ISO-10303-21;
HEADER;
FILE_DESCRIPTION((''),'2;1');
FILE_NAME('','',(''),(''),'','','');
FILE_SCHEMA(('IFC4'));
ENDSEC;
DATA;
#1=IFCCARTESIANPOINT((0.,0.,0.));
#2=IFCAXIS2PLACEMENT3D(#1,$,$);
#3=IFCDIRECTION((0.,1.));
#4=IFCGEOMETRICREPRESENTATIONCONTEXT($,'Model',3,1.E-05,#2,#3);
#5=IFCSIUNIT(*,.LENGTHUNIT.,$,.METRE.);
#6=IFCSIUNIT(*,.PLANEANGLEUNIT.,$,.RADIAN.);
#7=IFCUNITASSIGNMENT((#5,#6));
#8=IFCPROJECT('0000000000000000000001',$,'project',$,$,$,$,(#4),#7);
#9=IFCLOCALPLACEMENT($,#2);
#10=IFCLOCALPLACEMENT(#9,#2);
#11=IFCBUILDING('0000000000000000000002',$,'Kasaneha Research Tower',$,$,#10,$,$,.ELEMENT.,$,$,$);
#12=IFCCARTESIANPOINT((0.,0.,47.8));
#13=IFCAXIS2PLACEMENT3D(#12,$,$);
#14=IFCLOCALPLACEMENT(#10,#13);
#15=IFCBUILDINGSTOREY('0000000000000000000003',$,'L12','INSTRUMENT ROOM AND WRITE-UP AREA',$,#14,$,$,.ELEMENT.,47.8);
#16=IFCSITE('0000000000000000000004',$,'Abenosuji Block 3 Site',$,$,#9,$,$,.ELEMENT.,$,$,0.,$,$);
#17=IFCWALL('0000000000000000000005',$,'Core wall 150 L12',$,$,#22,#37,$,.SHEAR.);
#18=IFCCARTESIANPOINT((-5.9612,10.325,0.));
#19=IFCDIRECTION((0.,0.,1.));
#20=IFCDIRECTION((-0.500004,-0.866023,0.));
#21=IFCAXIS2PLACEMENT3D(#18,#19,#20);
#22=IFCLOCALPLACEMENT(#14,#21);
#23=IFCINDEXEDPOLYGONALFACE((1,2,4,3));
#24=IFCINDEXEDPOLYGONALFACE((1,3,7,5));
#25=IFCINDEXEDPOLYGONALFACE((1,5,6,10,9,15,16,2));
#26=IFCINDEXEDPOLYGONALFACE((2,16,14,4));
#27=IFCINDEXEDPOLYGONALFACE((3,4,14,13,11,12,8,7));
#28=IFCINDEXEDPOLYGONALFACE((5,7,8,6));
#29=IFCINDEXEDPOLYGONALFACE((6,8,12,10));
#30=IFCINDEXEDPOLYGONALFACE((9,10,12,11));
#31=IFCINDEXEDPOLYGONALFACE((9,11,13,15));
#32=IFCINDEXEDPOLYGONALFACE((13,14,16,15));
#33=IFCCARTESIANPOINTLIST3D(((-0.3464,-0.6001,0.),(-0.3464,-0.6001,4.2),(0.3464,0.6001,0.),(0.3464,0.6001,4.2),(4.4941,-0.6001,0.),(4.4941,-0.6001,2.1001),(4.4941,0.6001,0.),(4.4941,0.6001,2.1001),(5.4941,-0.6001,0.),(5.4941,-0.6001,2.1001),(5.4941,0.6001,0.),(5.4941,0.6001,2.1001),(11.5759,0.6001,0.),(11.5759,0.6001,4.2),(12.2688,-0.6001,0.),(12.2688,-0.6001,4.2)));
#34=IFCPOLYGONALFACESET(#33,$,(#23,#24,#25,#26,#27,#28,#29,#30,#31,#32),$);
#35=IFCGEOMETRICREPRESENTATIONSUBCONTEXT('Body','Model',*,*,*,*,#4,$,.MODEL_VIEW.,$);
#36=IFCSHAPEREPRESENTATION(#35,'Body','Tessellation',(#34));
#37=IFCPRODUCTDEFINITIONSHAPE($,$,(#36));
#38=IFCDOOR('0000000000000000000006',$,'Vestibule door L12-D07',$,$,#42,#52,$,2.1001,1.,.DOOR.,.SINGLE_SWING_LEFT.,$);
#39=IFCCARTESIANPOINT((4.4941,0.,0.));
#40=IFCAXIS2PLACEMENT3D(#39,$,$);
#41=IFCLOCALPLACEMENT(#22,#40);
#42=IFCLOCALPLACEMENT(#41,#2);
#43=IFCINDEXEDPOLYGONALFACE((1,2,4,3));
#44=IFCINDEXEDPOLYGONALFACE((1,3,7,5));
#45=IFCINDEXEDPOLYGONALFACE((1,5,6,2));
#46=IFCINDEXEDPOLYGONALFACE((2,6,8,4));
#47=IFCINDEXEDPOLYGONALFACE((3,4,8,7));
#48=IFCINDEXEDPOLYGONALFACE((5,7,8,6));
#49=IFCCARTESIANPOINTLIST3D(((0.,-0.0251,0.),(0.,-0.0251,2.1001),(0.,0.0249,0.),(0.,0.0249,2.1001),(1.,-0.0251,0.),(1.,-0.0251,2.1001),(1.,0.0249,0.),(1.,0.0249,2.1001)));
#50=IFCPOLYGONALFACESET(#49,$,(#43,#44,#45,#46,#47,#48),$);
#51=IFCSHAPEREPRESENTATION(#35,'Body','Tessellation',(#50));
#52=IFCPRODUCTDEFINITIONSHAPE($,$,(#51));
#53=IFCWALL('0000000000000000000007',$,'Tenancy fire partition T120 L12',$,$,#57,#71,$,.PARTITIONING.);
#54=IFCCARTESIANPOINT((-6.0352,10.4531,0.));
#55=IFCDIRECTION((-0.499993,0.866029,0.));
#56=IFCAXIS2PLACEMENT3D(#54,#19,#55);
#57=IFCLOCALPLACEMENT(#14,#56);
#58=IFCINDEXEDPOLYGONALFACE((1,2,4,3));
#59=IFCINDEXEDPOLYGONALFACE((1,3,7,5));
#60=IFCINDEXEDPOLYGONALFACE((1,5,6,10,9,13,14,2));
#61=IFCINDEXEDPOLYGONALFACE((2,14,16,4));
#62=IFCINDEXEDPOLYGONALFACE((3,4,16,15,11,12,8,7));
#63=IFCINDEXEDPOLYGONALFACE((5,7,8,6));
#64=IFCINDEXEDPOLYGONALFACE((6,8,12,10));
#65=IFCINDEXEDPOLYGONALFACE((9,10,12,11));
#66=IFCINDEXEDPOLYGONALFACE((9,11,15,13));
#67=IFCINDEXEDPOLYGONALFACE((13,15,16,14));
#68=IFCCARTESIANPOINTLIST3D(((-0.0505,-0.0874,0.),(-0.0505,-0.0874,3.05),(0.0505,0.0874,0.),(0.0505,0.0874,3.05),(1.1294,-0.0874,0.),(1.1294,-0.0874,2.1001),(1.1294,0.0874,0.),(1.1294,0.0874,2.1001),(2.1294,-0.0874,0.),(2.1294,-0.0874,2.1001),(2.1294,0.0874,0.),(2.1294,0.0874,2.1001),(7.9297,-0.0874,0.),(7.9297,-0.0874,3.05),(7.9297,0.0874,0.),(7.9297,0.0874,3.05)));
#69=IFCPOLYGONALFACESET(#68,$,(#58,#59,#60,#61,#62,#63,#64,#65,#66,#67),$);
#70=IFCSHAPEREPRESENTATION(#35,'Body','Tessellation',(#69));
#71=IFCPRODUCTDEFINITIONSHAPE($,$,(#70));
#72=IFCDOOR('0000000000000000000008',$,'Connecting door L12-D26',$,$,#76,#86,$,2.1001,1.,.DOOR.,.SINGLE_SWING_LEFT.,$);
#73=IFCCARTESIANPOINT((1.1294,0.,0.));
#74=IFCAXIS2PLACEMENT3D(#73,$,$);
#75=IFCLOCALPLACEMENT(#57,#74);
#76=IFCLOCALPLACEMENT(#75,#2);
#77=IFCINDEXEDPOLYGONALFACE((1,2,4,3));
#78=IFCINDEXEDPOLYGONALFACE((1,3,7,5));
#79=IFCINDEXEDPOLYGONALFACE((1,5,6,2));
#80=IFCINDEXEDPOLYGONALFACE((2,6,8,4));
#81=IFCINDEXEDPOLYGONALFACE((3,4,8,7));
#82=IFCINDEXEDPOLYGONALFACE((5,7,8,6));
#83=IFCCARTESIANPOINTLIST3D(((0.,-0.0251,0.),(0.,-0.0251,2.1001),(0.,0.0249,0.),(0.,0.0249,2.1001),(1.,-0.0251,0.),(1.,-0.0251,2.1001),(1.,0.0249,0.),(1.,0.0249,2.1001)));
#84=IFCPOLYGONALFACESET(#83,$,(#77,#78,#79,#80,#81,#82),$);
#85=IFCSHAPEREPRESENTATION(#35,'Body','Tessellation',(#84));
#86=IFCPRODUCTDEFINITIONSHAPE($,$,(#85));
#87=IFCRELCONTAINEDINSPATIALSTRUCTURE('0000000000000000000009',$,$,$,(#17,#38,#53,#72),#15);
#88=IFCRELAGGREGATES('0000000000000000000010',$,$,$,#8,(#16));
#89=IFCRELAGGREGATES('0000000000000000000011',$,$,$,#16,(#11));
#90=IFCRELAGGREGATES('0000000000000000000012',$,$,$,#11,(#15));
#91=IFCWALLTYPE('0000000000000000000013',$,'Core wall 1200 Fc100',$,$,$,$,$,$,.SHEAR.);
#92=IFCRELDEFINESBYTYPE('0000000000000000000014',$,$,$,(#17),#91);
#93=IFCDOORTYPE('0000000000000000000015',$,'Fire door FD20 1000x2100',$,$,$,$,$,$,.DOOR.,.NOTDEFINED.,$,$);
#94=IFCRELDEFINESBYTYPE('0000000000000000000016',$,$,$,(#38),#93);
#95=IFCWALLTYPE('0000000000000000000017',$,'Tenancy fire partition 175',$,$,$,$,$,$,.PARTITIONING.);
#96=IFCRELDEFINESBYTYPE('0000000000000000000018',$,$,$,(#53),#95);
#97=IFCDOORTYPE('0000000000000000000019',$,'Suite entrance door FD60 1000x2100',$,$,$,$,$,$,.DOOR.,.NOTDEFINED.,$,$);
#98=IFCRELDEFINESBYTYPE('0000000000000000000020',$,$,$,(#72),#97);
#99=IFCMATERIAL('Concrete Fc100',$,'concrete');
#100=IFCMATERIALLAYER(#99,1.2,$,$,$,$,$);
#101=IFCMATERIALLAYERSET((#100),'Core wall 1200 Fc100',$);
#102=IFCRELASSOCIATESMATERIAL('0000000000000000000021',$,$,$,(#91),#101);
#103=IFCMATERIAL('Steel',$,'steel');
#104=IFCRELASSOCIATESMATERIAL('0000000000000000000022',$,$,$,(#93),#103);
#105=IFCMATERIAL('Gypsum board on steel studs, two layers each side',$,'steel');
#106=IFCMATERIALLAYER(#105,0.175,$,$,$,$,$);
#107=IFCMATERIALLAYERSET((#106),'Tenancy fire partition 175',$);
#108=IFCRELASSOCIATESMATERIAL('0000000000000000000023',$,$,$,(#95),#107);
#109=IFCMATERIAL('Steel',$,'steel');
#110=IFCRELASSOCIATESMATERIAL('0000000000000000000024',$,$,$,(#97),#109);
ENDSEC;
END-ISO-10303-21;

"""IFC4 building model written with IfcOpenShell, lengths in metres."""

from ifc_helpers import new_model, si_unit, direction, frame, frame_2d, origin, place, context, subcontext, project, spatial, polyline, rectangle, outline, extrude, material, layer, layer_set, type_object, element, fill, save


model = new_model("IFC4")

# Units and contexts
model_context = context("Model", 3, precision=1e-05, world=origin(), true_north=direction((0.0, 1.0)))
body_context = subcontext(model_context, "Body", "Model", "MODEL_VIEW")
ifc_project = project(units=[si_unit("LENGTHUNIT", "METRE"), si_unit("PLANEANGLEUNIT", "RADIAN")], contexts=[model_context])

# Site, building, storey
site_placement = place(None, origin())
site = spatial("IfcSite", under=ifc_project, at=site_placement, Name="Abenosuji Block 3 Site", CompositionType="ELEMENT", RefElevation=0.0)
building_placement = place(site_placement, origin())
building = spatial("IfcBuilding", under=site, at=building_placement, Name="Kasaneha Research Tower", CompositionType="ELEMENT")
storey_placement = place(building_placement, frame((0.0, 0.0, 47.8)))
storey = spatial("IfcBuildingStorey", under=building, at=storey_placement, Name="L12", Description="INSTRUMENT ROOM AND WRITE-UP AREA", CompositionType="ELEMENT", Elevation=47.8)

# Wall, opening, door
ifc_material_1 = material(Name="Concrete Fc100", Category="concrete")
ifc_layer_1 = layer(ifc_material_1, 1.2)
ifc_layer_set_1 = layer_set([ifc_layer_1], Name="Core wall 1200 Fc100")
wall_type_1 = type_object("IfcWallType", Name="Core wall 1200 Fc100", PredefinedType="SHEAR", material=ifc_layer_set_1)
wall_1_placement = place(storey_placement, frame((-5.9612, 10.325, 0.0), z_axis=(0.0, 0.0, 1.0), x_axis=(-0.500004, -0.866023, 0.0)))
wall_1 = element("IfcWall", 1, at=wall_1_placement, inside=storey, type_object=wall_type_1, Name="Core wall 150 L12", PredefinedType="SHEAR", context=body_context, shape_type="SweptSolid", body=[
    extrude(outline(polyline([(-0.3464, -0.6001), (4.4941, -0.6001), (5.4941, -0.6001), (12.2688, -0.6001), (11.5759, 0.6001), (5.4941, 0.6001), (4.4941, 0.6001), (0.3464, 0.6001), (-0.3464, -0.6001)])), origin(), (0.0, 0.0, 1.0), 4.2),
])
opening_1_placement = place(wall_1_placement, frame((4.4941, 0.0, 0.0)))
opening_1 = element("IfcOpeningElement", 2, at=opening_1_placement, cuts=wall_1, PredefinedType="OPENING", context=body_context, shape_type="SweptSolid", body=[
    extrude(rectangle(XDim=1.0, YDim=2.1001, at=frame_2d((0.5, 1.05))), frame((0.0, 0.6099, 0.0), z_axis=(0.0, -1.0, 0.0), x_axis=(1.0, 0.0, 0.0)), (0.0, 0.0, 1.0), 1.22),
])
ifc_material_2 = material(Name="Steel", Category="steel")
door_type_1 = type_object("IfcDoorType", Name="Fire door FD20 1000x2100", OperationType="NOTDEFINED", PredefinedType="DOOR", material=ifc_material_2)
door_1_placement = place(opening_1_placement, origin())
door_1 = element("IfcDoor", 3, at=door_1_placement, inside=storey, type_object=door_type_1, Name="Vestibule door L12-D07", OperationType="SINGLE_SWING_LEFT", OverallHeight=2.1001, OverallWidth=1.0, PredefinedType="DOOR", context=body_context, shape_type="SweptSolid", body=[
    extrude(rectangle(XDim=1.0, YDim=2.1001, at=frame_2d((0.5, 1.05))), frame((0.0, 0.0249, 0.0), z_axis=(0.0, -1.0, 0.0), x_axis=(1.0, 0.0, 0.0)), (0.0, 0.0, 1.0), 0.05),
])
fill(opening_1, door_1)

# Wall, opening, door
ifc_material_3 = material(Name="Gypsum board on steel studs, two layers each side", Category="steel")
ifc_layer_2 = layer(ifc_material_3, 0.175)
ifc_layer_set_2 = layer_set([ifc_layer_2], Name="Tenancy fire partition 175")
wall_type_2 = type_object("IfcWallType", Name="Tenancy fire partition 175", PredefinedType="PARTITIONING", material=ifc_layer_set_2)
wall_2_placement = place(storey_placement, frame((-6.0352, 10.4531, 0.0), z_axis=(0.0, 0.0, 1.0), x_axis=(-0.499993, 0.866029, 0.0)))
wall_2 = element("IfcWall", 4, at=wall_2_placement, inside=storey, type_object=wall_type_2, Name="Tenancy fire partition T120 L12", PredefinedType="PARTITIONING", context=body_context, shape_type="SweptSolid", body=[
    extrude(outline(polyline([(-0.0505, -0.0874), (1.1294, -0.0874), (2.1294, -0.0874), (7.9297, -0.0874), (7.9297, 0.0874), (2.1294, 0.0874), (1.1294, 0.0874), (0.0505, 0.0874), (-0.0505, -0.0874)])), origin(), (0.0, 0.0, 1.0), 3.05),
])
opening_2_placement = place(wall_2_placement, frame((1.1294, 0.0, 0.0)))
opening_2 = element("IfcOpeningElement", 5, at=opening_2_placement, cuts=wall_2, PredefinedType="OPENING", context=body_context, shape_type="SweptSolid", body=[
    extrude(rectangle(XDim=1.0, YDim=2.1001, at=frame_2d((0.5, 1.05))), frame((0.0, 0.0977, 0.0), z_axis=(0.0, -1.0, 0.0), x_axis=(1.0, 0.0, 0.0)), (0.0, 0.0, 1.0), 0.1951),
])
ifc_material_4 = material(Name="Steel", Category="steel")
door_type_2 = type_object("IfcDoorType", Name="Suite entrance door FD60 1000x2100", OperationType="NOTDEFINED", PredefinedType="DOOR", material=ifc_material_4)
door_2_placement = place(opening_2_placement, origin())
door_2 = element("IfcDoor", 6, at=door_2_placement, inside=storey, type_object=door_type_2, Name="Connecting door L12-D26", OperationType="SINGLE_SWING_LEFT", OverallHeight=2.1001, OverallWidth=1.0, PredefinedType="DOOR", context=body_context, shape_type="SweptSolid", body=[
    extrude(rectangle(XDim=1.0, YDim=2.1001, at=frame_2d((0.5, 1.05))), frame((0.0, 0.0249, 0.0), z_axis=(0.0, -1.0, 0.0), x_axis=(1.0, 0.0, 0.0)), (0.0, 0.0, 1.0), 0.05),
])
fill(opening_2, door_2)

save(model, "model.ifc")
